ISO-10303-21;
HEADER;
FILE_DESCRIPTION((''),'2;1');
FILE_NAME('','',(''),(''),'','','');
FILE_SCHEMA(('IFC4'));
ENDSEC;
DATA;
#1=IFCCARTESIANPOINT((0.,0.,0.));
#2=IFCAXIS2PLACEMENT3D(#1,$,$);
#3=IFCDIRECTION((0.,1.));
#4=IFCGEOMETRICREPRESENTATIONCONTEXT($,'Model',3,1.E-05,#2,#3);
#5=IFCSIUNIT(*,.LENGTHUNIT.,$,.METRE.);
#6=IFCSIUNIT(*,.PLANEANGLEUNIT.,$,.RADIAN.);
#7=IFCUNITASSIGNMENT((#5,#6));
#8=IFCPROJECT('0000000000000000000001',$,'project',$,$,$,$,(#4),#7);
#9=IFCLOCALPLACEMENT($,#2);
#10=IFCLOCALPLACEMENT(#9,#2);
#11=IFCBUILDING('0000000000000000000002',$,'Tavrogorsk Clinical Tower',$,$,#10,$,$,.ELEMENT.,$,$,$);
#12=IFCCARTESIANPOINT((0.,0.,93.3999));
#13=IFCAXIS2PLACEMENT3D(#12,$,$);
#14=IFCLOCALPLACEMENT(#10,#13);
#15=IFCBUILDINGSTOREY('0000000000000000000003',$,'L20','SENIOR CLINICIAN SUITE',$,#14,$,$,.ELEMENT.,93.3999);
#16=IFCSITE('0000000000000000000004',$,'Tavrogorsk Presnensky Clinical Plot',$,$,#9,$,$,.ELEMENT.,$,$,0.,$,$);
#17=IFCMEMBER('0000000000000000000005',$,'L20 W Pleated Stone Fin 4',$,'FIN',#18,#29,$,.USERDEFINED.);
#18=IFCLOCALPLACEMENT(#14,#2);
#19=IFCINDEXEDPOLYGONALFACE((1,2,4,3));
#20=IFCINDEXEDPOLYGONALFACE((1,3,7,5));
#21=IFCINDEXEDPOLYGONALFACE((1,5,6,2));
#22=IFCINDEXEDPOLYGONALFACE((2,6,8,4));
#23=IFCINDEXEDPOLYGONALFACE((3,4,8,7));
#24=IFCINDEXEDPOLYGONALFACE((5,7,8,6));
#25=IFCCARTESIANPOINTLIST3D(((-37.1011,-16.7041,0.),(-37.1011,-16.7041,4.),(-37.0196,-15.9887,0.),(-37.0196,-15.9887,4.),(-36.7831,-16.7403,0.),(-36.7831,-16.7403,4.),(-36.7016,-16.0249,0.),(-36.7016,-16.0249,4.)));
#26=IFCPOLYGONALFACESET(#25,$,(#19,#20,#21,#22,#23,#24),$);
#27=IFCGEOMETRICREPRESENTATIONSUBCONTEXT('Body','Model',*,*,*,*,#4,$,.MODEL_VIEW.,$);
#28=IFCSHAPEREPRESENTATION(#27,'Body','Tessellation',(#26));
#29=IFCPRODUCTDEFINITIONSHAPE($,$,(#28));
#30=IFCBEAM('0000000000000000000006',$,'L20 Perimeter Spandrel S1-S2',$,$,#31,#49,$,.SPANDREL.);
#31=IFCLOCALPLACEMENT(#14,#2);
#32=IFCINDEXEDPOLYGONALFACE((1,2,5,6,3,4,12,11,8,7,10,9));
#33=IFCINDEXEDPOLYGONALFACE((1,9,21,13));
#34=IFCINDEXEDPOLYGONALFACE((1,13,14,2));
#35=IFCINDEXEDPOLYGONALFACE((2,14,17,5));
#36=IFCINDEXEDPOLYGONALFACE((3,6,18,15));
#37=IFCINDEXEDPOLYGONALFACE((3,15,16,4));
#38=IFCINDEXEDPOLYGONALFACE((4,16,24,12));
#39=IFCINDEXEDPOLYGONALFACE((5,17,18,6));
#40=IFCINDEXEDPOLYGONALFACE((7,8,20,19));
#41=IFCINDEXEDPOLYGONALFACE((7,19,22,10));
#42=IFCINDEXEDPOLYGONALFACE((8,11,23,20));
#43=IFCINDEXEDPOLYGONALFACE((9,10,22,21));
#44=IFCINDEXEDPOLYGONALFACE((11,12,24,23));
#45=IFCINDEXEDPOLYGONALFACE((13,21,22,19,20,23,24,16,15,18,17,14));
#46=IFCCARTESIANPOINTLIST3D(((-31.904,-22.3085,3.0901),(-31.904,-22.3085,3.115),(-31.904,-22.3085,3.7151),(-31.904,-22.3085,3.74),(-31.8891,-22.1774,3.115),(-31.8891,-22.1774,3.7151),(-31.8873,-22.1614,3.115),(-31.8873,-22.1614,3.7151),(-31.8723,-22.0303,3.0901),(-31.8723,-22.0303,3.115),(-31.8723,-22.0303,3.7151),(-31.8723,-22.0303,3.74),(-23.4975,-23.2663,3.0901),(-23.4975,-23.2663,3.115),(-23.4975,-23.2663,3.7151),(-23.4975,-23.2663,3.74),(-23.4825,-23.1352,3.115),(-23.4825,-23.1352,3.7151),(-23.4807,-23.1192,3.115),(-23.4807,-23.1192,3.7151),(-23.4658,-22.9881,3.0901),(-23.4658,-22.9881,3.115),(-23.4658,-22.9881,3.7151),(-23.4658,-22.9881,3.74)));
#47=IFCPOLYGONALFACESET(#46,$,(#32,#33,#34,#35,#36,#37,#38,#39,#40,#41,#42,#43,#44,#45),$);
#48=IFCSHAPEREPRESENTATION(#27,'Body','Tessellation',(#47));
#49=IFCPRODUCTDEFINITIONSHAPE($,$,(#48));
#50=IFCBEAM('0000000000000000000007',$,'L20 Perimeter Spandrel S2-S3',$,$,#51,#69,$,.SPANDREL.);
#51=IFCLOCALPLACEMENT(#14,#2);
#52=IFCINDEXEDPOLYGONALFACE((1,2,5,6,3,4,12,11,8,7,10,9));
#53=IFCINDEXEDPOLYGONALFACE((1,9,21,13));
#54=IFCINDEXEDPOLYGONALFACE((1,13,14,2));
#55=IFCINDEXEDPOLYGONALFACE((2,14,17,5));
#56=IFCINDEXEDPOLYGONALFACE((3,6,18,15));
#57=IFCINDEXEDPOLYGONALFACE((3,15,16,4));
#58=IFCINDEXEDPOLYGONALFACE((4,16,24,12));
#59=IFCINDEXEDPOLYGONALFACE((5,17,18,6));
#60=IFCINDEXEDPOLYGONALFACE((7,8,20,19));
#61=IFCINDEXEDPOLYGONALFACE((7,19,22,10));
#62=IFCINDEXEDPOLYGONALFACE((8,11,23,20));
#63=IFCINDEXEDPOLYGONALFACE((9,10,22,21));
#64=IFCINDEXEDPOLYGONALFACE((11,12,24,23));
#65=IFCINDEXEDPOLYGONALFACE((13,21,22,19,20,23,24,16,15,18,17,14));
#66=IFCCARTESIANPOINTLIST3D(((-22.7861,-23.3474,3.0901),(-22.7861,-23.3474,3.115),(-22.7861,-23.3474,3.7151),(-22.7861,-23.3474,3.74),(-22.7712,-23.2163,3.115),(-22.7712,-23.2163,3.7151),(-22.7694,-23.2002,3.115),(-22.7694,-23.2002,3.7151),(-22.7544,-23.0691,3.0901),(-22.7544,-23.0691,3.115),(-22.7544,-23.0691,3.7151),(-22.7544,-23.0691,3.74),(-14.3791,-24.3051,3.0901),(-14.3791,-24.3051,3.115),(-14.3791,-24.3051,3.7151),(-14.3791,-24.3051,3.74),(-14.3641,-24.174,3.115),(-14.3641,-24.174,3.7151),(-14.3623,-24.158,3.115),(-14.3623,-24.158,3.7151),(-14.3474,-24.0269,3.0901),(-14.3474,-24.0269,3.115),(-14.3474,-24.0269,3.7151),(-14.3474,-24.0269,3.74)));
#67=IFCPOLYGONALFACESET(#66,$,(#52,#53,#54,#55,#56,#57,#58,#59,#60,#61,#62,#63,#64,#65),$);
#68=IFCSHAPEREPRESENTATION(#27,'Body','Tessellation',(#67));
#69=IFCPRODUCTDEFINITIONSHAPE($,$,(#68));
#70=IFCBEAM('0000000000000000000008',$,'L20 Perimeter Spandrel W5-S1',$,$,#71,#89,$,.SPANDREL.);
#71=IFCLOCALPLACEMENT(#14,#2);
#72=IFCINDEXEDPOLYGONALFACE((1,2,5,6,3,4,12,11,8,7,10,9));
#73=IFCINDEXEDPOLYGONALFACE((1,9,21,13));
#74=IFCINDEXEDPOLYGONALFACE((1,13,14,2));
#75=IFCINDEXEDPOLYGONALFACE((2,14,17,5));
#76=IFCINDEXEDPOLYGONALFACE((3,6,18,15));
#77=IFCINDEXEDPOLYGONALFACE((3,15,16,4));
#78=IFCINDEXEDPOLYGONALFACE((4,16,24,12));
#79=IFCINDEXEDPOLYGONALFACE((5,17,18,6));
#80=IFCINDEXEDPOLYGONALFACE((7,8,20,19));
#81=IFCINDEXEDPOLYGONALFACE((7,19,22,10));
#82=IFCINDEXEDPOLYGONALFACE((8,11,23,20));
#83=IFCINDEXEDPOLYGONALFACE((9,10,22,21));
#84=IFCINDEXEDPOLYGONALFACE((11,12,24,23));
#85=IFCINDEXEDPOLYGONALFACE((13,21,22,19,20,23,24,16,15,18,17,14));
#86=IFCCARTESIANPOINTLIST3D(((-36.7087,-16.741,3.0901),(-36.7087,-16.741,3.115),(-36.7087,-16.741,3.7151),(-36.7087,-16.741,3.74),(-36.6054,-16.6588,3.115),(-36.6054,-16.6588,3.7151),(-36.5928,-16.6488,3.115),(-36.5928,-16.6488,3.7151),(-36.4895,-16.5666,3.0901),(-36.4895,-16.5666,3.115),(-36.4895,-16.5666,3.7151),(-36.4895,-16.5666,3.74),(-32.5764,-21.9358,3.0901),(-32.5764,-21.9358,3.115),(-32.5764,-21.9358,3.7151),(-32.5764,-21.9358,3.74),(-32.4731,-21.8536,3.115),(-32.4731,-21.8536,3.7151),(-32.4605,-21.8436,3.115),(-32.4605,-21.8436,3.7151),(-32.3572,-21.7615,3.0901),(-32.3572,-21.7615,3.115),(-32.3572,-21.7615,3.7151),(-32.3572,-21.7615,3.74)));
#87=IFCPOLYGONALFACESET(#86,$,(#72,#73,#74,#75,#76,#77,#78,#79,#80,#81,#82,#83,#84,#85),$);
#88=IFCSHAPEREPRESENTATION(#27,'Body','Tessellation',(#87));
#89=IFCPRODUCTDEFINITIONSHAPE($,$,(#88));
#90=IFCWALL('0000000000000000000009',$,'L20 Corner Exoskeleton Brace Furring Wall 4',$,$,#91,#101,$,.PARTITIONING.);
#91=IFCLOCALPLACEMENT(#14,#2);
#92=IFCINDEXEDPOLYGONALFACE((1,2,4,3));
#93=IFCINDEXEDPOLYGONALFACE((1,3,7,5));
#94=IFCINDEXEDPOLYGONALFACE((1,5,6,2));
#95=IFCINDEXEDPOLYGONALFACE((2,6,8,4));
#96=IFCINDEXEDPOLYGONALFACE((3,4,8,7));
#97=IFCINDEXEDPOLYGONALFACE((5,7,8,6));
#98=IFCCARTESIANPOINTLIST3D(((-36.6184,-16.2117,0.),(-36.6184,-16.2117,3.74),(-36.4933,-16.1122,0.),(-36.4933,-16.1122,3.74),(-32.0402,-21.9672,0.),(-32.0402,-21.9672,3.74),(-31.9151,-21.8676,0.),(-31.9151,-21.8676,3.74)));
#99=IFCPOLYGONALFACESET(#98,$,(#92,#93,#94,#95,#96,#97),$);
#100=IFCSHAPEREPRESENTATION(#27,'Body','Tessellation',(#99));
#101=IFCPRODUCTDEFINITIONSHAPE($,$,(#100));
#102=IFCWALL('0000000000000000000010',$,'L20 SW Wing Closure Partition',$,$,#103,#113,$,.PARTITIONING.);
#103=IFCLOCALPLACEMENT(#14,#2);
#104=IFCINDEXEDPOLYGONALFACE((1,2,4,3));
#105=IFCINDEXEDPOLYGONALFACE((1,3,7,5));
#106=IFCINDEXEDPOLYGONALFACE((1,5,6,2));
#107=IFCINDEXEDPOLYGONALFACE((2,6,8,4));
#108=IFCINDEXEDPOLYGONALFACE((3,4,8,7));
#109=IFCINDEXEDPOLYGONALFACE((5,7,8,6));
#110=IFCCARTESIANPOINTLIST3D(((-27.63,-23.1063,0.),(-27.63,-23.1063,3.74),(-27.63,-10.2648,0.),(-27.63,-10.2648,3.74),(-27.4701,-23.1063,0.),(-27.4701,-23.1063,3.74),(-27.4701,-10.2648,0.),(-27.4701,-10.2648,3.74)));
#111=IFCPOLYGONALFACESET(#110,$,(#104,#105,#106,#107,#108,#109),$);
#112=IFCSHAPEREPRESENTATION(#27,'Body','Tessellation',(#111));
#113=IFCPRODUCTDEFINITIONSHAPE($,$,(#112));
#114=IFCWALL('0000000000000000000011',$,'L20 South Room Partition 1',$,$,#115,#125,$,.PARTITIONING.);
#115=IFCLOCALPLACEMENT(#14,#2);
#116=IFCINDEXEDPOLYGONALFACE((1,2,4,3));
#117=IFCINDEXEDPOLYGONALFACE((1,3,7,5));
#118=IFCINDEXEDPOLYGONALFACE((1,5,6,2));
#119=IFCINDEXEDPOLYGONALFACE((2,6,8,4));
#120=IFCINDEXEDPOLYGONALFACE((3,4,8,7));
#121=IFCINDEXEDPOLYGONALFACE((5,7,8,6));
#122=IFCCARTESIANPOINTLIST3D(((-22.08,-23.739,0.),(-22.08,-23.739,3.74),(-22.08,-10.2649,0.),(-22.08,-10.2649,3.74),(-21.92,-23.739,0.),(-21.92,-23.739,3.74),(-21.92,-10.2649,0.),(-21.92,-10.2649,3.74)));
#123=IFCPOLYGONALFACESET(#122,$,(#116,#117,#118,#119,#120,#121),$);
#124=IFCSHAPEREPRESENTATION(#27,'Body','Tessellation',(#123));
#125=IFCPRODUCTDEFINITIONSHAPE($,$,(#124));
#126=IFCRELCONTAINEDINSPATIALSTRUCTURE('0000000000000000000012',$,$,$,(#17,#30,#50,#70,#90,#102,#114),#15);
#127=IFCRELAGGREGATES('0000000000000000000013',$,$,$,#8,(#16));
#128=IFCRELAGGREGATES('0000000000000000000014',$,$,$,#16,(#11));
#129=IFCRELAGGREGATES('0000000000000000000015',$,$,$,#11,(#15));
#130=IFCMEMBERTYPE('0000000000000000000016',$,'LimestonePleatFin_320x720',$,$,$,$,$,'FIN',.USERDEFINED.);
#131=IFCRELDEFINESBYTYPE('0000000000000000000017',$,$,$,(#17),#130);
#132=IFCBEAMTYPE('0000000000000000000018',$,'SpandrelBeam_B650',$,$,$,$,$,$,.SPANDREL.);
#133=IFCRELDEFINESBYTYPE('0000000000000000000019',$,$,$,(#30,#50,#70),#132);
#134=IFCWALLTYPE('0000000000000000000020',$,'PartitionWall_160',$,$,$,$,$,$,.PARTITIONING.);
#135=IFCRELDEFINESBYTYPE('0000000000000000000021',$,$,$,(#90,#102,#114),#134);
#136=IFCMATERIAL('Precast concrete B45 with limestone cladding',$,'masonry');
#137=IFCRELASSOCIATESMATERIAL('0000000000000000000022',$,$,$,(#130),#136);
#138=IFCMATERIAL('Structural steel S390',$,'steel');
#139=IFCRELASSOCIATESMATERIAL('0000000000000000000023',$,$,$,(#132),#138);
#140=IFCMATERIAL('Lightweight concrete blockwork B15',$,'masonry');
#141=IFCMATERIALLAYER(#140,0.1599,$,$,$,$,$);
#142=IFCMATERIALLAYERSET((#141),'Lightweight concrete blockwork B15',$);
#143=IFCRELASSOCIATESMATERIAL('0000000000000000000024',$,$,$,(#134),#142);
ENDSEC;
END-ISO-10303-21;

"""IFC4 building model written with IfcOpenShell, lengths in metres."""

from ifc_helpers import new_model, si_unit, direction, frame, frame_2d, origin, origin_2d, place, context, subcontext, project, spatial, rectangle, i_section, extrude, material, layer, layer_set, material_profile, profile_set, type_object, element, save


model = new_model("IFC4")

# Units and contexts
model_context = context("Model", 3, precision=1e-05, world=origin(), true_north=direction((0.0, 1.0)))
body_context = subcontext(model_context, "Body", "Model", "MODEL_VIEW")
ifc_project = project(units=[si_unit("LENGTHUNIT", "METRE"), si_unit("PLANEANGLEUNIT", "RADIAN")], contexts=[model_context])

# Site, building, storey
site_placement = place(None, origin())
site = spatial("IfcSite", under=ifc_project, at=site_placement, Name="Tavrogorsk Presnensky Clinical Plot", CompositionType="ELEMENT", RefElevation=0.0)
building_placement = place(site_placement, origin())
building = spatial("IfcBuilding", under=site, at=building_placement, Name="Tavrogorsk Clinical Tower", CompositionType="ELEMENT")
storey_placement = place(building_placement, frame((0.0, 0.0, 93.3999)))
storey = spatial("IfcBuildingStorey", under=building, at=storey_placement, Name="L20", Description="SENIOR CLINICIAN SUITE", CompositionType="ELEMENT", Elevation=93.3999)

# Member
ifc_material_1 = material(Name="Precast concrete B45 with limestone cladding", Category="masonry")
ifc_material_profile_1 = material_profile(ifc_material_1, rectangle(XDim=0.3201, YDim=0.72, at=origin_2d()), Name="LIMESTONE-FIN-320x720")
ifc_profile_set_1 = profile_set([ifc_material_profile_1], Name="Precast concrete B45 with limestone cladding")
member_type_1 = type_object("IfcMemberType", Name="LimestonePleatFin_320x720", ElementType="FIN", PredefinedType="USERDEFINED", material=ifc_profile_set_1)
member_1_placement = place(storey_placement, frame((-36.9014, -16.3645, 0.0), z_axis=(0.0, 0.0, 1.0), x_axis=(0.993572, -0.113203, 0.0)))
element("IfcMember", 1, at=member_1_placement, inside=storey, type_object=member_type_1, Name="L20 W Pleated Stone Fin 4", ObjectType="FIN", PredefinedType="USERDEFINED", context=body_context, shape_type="SweptSolid", body=[
    extrude(rectangle(XDim=0.3201, YDim=0.72, at=origin_2d()), origin(), (0.0, 0.0, 1.0), 4.0),
])

# Beams
ifc_material_2 = material(Name="Structural steel S390", Category="steel")
ifc_material_profile_2 = material_profile(ifc_material_2, i_section(OverallWidth=0.28, OverallDepth=0.6499, WebThickness=0.0161, FlangeThickness=0.0249, at=origin_2d()), Name="B-650x280x16x25")
ifc_profile_set_2 = profile_set([ifc_material_profile_2], Name="Structural steel S390")
beam_type = type_object("IfcBeamType", Name="SpandrelBeam_B650", PredefinedType="SPANDREL", material=ifc_profile_set_2)
beam_1_placement = place(storey_placement, frame((-31.8882, -22.1694, 3.415), z_axis=(0.993572, -0.113199, 0.0), x_axis=(0.113199, 0.993572, 0.0)))
element("IfcBeam", 2, at=beam_1_placement, inside=storey, type_object=beam_type, Name="L20 Perimeter Spandrel S1-S2", PredefinedType="SPANDREL", context=body_context, shape_type="SweptSolid", body=[
    extrude(i_section(OverallWidth=0.28, OverallDepth=0.6499, WebThickness=0.0161, FlangeThickness=0.0249, at=origin_2d()), origin(), (0.0, 0.0, 1.0), 8.4609),
])
beam_2_placement = place(storey_placement, frame((-22.7703, -23.2083, 3.415), z_axis=(0.993573, -0.113193, 0.0), x_axis=(0.113193, 0.993573, 0.0)))
element("IfcBeam", 3, at=beam_2_placement, inside=storey, type_object=beam_type, Name="L20 Perimeter Spandrel S2-S3", PredefinedType="SPANDREL", context=body_context, shape_type="SweptSolid", body=[
    extrude(i_section(OverallWidth=0.28, OverallDepth=0.6499, WebThickness=0.0161, FlangeThickness=0.0249, at=origin_2d()), origin(), (0.0, 0.0, 1.0), 8.4614),
])
beam_3_placement = place(storey_placement, frame((-36.5991, -16.6538, 3.415), z_axis=(0.622531, -0.782595, 0.0), x_axis=(0.782595, 0.622531, 0.0)))
element("IfcBeam", 4, at=beam_3_placement, inside=storey, type_object=beam_type, Name="L20 Perimeter Spandrel W5-S1", PredefinedType="SPANDREL", context=body_context, shape_type="SweptSolid", body=[
    extrude(i_section(OverallWidth=0.28, OverallDepth=0.6499, WebThickness=0.0161, FlangeThickness=0.0249, at=origin_2d()), origin(), (0.0, 0.0, 1.0), 6.6379),
])

# Walls
ifc_material_3 = material(Name="Lightweight concrete blockwork B15", Category="masonry")
ifc_layer_1 = layer(ifc_material_3, 0.1599)
ifc_layer_set_1 = layer_set([ifc_layer_1], Name="Lightweight concrete blockwork B15")
wall_type_1 = type_object("IfcWallType", Name="PartitionWall_160", PredefinedType="PARTITIONING", material=ifc_layer_set_1)
wall_1_placement = place(storey_placement, frame((-36.5559, -16.1619, 0.0), z_axis=(0.0, 0.0, 1.0), x_axis=(0.622523, -0.782602, 0.0)))
element("IfcWall", 5, at=wall_1_placement, inside=storey, type_object=wall_type_1, Name="L20 Corner Exoskeleton Brace Furring Wall 4", PredefinedType="PARTITIONING", context=body_context, shape_type="SweptSolid", body=[
    extrude(rectangle(XDim=7.3542, YDim=0.1599, at=frame_2d((3.6772, 0.0))), origin(), (0.0, 0.0, 1.0), 3.74),
])
wall_2_placement = place(storey_placement, frame((-27.55, -23.1064, 0.0), z_axis=(0.0, 0.0, 1.0), x_axis=(0.0, 1.0, 0.0)))
element("IfcWall", 6, at=wall_2_placement, inside=storey, type_object=wall_type_1, Name="L20 SW Wing Closure Partition", PredefinedType="PARTITIONING", context=body_context, shape_type="SweptSolid", body=[
    extrude(rectangle(XDim=12.8416, YDim=0.1599, at=frame_2d((6.4209, 0.0))), origin(), (0.0, 0.0, 1.0), 3.74),
])
wall_3_placement = place(storey_placement, frame((-22.0, -23.739, 0.0), z_axis=(0.0, 0.0, 1.0), x_axis=(0.0, 1.0, 0.0)))
element("IfcWall", 7, at=wall_3_placement, inside=storey, type_object=wall_type_1, Name="L20 South Room Partition 1", PredefinedType="PARTITIONING", context=body_context, shape_type="SweptSolid", body=[
    extrude(rectangle(XDim=13.4741, YDim=0.1599, at=frame_2d((6.7371, 0.0))), origin(), (0.0, 0.0, 1.0), 3.74),
])

save(model, "model.ifc")
